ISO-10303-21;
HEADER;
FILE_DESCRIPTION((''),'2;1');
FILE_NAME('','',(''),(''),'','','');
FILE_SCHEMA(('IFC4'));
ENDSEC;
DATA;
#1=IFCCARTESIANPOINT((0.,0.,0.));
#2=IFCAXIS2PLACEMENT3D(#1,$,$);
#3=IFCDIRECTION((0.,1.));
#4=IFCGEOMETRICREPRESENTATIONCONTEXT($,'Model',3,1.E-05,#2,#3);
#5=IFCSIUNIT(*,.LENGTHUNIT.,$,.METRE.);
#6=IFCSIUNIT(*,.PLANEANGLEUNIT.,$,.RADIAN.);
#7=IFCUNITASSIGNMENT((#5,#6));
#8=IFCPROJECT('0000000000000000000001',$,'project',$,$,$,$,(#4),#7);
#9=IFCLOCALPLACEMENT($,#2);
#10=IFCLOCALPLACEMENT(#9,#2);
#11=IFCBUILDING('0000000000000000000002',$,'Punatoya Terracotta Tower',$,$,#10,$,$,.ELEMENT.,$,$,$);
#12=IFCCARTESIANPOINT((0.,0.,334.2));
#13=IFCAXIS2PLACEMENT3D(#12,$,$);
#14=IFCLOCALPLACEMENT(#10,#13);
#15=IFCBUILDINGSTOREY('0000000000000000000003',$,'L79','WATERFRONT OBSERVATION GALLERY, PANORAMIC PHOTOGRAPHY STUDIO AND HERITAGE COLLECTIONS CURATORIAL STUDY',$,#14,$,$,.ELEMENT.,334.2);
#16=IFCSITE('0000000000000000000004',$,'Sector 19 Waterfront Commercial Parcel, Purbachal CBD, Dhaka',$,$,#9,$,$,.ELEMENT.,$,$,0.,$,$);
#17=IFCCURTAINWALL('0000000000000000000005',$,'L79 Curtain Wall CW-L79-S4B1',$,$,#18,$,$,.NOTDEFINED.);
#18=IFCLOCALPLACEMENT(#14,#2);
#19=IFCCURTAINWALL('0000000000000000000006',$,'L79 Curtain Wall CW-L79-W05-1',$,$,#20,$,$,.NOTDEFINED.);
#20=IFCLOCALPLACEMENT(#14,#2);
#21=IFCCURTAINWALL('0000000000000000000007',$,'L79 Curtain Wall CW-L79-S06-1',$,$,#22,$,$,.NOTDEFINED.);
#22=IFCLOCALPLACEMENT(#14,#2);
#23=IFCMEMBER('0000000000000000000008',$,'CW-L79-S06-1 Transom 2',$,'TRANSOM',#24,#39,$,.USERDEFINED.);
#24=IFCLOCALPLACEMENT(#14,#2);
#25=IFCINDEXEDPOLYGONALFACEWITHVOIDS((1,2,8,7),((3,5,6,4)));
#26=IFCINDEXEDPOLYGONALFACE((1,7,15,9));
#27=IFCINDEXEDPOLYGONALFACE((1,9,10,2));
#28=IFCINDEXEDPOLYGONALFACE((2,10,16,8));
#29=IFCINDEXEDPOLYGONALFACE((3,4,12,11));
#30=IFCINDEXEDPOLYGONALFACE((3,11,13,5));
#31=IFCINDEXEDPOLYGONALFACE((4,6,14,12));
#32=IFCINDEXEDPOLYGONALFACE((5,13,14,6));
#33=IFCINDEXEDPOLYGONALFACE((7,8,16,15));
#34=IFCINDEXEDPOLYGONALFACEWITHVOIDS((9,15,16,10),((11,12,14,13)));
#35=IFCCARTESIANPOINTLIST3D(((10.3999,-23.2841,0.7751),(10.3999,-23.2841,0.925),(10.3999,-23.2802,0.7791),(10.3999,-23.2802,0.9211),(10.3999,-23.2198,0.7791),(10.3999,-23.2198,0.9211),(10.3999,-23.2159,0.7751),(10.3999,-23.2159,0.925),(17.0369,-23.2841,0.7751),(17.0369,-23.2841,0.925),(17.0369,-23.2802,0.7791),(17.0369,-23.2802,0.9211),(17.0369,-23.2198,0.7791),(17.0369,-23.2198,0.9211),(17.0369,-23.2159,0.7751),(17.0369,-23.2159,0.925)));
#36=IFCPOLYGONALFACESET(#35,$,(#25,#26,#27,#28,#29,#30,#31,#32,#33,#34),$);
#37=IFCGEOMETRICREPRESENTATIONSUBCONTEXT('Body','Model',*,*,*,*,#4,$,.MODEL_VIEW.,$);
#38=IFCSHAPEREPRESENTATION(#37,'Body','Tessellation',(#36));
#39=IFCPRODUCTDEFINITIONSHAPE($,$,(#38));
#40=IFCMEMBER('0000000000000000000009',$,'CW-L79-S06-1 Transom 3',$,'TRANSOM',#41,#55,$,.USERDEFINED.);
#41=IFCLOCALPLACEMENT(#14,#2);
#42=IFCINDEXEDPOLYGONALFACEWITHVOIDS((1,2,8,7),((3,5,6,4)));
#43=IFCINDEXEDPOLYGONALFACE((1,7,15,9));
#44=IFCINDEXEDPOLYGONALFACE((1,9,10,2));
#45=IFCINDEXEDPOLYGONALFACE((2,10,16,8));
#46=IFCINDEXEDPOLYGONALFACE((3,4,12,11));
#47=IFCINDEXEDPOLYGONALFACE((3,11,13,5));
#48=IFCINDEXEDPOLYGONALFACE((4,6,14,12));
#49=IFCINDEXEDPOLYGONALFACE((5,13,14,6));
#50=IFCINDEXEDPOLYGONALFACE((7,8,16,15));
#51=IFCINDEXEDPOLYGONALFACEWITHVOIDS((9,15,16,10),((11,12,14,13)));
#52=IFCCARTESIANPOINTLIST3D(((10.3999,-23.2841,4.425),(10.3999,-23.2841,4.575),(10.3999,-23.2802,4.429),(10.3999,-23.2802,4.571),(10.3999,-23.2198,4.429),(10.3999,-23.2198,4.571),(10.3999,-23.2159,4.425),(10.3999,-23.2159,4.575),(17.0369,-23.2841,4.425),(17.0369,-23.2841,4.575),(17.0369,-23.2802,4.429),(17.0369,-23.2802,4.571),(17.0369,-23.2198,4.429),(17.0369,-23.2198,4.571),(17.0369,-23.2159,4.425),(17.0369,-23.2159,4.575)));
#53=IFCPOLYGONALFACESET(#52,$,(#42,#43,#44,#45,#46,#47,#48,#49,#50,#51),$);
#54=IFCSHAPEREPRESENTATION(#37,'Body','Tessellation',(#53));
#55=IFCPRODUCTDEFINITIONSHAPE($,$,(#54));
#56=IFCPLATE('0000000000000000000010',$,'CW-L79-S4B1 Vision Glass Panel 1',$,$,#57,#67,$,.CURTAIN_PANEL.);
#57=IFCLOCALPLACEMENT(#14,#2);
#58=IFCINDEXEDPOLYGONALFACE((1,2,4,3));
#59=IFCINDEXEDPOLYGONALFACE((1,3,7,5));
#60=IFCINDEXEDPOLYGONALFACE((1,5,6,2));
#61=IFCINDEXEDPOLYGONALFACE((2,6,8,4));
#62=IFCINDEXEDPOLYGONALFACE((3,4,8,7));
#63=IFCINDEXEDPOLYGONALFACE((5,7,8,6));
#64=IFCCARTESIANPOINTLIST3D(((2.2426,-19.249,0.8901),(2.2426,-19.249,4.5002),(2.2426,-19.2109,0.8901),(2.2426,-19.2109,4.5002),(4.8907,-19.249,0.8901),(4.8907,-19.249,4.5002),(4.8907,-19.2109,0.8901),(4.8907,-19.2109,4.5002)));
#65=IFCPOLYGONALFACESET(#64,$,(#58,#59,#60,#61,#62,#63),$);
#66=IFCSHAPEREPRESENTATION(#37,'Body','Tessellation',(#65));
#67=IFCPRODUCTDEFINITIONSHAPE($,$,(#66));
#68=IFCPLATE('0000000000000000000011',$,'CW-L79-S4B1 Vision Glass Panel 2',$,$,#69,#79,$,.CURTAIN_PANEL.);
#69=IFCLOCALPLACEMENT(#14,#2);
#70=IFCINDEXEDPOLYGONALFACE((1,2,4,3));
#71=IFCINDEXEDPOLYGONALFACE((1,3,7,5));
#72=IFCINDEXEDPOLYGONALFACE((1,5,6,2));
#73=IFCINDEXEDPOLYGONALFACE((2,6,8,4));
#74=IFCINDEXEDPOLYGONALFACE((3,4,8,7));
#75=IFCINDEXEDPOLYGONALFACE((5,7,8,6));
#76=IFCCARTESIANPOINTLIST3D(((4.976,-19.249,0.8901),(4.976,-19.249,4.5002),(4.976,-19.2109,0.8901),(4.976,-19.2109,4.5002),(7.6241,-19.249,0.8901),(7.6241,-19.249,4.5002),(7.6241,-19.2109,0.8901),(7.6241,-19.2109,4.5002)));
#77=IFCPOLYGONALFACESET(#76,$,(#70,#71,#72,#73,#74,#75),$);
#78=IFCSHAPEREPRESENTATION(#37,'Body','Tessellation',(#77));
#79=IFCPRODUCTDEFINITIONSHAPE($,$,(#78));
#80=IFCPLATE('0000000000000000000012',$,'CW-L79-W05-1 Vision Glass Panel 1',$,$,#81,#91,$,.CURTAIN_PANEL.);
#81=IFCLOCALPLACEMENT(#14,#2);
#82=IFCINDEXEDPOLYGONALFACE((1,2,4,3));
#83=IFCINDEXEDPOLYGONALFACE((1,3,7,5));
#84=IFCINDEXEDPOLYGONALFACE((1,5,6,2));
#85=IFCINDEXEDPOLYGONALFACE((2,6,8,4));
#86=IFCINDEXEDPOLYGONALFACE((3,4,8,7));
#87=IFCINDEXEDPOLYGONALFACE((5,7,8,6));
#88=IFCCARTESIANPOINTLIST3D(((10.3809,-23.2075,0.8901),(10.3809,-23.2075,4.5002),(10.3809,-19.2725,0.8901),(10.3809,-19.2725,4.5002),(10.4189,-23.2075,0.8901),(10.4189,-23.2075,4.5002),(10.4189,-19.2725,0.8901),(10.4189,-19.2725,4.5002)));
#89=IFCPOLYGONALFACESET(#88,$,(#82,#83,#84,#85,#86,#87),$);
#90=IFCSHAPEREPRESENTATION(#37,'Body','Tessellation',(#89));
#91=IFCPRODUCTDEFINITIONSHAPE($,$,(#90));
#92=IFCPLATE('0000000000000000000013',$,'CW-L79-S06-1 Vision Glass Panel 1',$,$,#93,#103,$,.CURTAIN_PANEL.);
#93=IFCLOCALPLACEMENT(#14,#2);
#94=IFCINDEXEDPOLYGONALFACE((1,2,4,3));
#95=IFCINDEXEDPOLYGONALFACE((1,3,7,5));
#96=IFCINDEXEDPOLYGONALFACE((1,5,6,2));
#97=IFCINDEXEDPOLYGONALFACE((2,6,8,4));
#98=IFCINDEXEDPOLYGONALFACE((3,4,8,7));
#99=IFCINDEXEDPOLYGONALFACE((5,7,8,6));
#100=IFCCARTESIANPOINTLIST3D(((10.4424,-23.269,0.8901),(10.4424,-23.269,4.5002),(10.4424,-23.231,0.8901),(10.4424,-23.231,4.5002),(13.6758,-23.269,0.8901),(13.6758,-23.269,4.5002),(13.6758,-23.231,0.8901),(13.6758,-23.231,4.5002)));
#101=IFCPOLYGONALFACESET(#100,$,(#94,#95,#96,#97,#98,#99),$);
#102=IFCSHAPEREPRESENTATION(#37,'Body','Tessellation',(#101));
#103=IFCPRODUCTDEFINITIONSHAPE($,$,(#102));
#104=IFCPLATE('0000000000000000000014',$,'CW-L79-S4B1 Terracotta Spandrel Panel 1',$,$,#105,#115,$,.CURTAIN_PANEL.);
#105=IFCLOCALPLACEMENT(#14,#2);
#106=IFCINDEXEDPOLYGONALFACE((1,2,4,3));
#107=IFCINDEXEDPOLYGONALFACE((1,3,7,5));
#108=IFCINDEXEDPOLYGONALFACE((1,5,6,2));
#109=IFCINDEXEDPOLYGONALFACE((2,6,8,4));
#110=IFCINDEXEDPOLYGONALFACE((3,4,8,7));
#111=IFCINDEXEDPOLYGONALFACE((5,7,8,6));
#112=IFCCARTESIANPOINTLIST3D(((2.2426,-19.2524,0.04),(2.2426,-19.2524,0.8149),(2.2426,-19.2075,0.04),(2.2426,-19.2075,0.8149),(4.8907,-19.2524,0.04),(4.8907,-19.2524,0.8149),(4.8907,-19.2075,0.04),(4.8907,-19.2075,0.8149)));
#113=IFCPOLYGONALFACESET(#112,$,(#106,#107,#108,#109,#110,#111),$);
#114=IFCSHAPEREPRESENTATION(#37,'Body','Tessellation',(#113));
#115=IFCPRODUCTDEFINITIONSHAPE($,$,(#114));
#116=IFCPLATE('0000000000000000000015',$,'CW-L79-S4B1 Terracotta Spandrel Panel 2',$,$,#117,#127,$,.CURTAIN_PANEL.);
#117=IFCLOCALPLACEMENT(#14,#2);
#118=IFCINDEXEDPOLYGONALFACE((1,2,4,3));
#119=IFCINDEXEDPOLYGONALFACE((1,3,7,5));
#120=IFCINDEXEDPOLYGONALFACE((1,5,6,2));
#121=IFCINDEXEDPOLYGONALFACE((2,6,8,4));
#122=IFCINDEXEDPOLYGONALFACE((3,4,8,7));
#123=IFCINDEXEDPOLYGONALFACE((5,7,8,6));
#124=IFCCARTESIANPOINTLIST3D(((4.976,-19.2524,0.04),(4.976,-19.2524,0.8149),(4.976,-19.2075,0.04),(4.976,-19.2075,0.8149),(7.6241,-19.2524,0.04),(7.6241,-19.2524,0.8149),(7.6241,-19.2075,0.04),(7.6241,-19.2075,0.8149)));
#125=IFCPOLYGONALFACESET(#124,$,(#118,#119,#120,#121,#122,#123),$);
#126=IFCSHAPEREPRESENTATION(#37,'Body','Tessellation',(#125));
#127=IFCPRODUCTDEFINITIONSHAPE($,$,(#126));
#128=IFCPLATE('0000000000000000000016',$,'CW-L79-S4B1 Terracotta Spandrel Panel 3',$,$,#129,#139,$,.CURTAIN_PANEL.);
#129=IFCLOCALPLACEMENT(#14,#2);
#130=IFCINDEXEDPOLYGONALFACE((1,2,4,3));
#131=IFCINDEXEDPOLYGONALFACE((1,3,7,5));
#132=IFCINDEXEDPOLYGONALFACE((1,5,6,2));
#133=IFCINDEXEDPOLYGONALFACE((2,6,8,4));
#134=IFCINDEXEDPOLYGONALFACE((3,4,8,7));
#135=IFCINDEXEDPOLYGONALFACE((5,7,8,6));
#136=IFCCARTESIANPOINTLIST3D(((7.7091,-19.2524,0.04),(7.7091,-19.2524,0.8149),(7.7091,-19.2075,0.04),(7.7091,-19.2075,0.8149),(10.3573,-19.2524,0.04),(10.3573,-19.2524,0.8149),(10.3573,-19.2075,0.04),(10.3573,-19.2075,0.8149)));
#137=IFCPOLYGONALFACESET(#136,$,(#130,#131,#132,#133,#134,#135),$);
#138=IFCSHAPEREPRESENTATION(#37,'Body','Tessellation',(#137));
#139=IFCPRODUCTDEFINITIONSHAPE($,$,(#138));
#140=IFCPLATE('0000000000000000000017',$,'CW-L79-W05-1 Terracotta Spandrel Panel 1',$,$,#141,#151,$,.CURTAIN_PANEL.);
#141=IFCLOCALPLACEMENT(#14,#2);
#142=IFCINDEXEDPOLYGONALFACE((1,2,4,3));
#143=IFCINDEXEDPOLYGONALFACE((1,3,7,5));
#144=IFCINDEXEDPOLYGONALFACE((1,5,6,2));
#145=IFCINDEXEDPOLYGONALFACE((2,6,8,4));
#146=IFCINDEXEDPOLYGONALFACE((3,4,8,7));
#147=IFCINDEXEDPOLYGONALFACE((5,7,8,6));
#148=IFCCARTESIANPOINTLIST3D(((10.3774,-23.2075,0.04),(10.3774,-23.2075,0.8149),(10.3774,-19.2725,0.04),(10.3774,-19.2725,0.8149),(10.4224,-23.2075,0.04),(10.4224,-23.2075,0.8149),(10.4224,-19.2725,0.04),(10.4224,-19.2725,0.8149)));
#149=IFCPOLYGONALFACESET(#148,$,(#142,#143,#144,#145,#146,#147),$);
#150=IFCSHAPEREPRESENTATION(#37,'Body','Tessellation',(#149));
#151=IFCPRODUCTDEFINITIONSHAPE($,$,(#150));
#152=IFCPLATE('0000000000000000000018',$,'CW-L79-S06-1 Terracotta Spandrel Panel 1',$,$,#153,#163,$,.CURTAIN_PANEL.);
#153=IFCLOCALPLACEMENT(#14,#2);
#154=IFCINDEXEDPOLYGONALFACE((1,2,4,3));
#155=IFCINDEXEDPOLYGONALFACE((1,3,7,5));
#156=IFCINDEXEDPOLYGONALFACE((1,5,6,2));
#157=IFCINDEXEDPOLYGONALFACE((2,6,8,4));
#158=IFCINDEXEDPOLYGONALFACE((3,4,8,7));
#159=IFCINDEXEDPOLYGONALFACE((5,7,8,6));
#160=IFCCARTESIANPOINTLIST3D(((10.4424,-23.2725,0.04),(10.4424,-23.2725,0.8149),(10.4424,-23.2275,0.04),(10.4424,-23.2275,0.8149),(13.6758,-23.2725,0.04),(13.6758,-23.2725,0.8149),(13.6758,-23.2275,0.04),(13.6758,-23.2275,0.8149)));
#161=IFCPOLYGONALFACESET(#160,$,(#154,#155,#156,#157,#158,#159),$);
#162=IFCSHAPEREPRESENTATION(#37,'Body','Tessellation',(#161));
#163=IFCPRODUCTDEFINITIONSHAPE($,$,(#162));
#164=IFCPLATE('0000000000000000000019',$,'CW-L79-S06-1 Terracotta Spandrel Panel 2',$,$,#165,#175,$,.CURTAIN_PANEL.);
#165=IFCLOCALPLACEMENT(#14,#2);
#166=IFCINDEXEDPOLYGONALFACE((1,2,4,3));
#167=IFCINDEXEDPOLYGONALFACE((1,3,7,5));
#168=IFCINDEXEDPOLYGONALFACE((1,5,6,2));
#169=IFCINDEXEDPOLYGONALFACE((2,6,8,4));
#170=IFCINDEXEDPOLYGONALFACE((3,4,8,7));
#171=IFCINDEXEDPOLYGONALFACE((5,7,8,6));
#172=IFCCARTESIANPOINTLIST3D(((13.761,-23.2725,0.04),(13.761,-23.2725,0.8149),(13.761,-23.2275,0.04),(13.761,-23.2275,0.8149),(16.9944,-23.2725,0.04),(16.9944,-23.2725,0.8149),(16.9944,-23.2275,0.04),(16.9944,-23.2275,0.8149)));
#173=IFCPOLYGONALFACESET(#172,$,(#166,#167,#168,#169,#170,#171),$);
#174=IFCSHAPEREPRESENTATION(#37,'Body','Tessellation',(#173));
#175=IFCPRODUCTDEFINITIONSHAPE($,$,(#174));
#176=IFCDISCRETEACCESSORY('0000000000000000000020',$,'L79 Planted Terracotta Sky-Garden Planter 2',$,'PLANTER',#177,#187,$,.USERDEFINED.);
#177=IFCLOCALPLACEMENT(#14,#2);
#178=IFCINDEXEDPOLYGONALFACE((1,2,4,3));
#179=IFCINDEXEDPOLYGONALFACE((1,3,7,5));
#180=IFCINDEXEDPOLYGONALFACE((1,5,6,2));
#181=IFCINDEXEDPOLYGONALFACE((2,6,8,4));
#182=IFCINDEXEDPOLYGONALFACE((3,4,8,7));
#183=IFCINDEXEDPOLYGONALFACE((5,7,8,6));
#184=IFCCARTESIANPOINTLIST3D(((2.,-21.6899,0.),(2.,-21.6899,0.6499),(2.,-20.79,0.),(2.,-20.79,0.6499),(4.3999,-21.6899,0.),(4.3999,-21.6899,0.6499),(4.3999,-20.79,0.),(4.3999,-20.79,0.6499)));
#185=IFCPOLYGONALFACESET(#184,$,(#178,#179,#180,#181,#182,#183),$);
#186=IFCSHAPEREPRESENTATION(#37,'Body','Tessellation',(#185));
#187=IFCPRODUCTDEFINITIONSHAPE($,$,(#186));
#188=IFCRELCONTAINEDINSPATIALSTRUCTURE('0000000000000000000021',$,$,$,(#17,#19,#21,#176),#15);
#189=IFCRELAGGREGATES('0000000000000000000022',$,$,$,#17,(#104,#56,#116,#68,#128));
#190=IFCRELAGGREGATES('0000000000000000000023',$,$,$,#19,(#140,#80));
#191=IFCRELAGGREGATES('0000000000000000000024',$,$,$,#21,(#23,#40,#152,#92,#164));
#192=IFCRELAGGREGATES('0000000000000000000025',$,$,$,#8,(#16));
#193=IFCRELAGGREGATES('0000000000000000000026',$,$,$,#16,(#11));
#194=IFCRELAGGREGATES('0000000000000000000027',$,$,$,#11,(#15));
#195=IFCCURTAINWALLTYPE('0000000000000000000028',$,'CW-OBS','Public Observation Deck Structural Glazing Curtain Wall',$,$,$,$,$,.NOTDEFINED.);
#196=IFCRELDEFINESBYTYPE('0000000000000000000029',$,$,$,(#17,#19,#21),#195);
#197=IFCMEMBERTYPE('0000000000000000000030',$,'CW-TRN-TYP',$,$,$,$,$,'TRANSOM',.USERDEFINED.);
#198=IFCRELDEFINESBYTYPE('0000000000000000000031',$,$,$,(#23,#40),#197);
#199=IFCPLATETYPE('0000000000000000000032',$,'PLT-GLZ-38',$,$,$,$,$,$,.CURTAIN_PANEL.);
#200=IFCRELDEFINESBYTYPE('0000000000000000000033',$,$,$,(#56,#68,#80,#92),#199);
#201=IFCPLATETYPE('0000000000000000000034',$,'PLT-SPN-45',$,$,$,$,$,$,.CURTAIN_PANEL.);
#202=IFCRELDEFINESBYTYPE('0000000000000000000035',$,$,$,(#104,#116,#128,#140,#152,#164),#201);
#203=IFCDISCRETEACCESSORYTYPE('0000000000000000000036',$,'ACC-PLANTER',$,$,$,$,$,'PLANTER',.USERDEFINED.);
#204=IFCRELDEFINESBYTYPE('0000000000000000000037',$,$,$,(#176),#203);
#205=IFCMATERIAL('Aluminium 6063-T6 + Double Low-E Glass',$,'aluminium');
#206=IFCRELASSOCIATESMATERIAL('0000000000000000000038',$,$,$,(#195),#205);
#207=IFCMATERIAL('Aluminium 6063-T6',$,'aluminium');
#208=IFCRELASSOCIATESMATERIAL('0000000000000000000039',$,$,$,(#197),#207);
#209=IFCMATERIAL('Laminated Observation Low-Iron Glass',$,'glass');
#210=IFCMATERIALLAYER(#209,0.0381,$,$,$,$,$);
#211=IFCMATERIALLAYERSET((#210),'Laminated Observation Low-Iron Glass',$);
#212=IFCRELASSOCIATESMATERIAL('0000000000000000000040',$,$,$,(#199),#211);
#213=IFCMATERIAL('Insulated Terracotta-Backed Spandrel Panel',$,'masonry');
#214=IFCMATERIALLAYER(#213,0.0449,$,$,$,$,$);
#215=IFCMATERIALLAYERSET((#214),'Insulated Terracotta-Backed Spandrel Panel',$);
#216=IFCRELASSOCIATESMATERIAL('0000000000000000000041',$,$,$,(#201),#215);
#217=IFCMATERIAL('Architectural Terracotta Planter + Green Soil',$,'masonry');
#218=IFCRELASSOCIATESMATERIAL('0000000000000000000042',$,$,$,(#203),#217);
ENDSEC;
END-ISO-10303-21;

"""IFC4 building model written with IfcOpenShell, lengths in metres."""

from ifc_helpers import new_model, si_unit, direction, frame, origin, origin_2d, place, context, subcontext, project, spatial, rectangle, hollow_rectangle, extrude, material, layer, layer_set, material_profile, profile_set, type_object, element, aggregate, save


model = new_model("IFC4")

# Units and contexts
model_context = context("Model", 3, precision=1e-05, world=origin(), true_north=direction((0.0, 1.0)))
body_context = subcontext(model_context, "Body", "Model", "MODEL_VIEW")
ifc_project = project(units=[si_unit("LENGTHUNIT", "METRE"), si_unit("PLANEANGLEUNIT", "RADIAN")], contexts=[model_context])

# Site, building, storey
site_placement = place(None, origin())
site = spatial("IfcSite", under=ifc_project, at=site_placement, Name="Sector 19 Waterfront Commercial Parcel, Purbachal CBD, Dhaka", CompositionType="ELEMENT", RefElevation=0.0)
building_placement = place(site_placement, origin())
building = spatial("IfcBuilding", under=site, at=building_placement, Name="Punatoya Terracotta Tower", CompositionType="ELEMENT")
storey_placement = place(building_placement, frame((0.0, 0.0, 334.2)))
storey = spatial("IfcBuildingStorey", under=building, at=storey_placement, Name="L79", Description="WATERFRONT OBSERVATION GALLERY, PANORAMIC PHOTOGRAPHY STUDIO AND HERITAGE COLLECTIONS CURATORIAL STUDY", CompositionType="ELEMENT", Elevation=334.2)

# Curtain walls
ifc_material_1 = material(Name="Aluminium 6063-T6 + Double Low-E Glass", Category="aluminium")
curtain_wall_type = type_object("IfcCurtainWallType", Name="CW-OBS", Description="Public Observation Deck Structural Glazing Curtain Wall", PredefinedType="NOTDEFINED", material=ifc_material_1)
curtain_wall_1_placement = place(storey_placement, origin())
curtain_wall_1 = element("IfcCurtainWall", 1, at=curtain_wall_1_placement, inside=storey, type_object=curtain_wall_type, Name="L79 Curtain Wall CW-L79-S4B1", PredefinedType="NOTDEFINED")
ifc_material_2 = material(Name="Aluminium 6063-T6", Category="aluminium")
curtain_wall_2_placement = place(storey_placement, origin())
curtain_wall_2 = element("IfcCurtainWall", 2, at=curtain_wall_2_placement, inside=storey, type_object=curtain_wall_type, Name="L79 Curtain Wall CW-L79-W05-1", PredefinedType="NOTDEFINED")
curtain_wall_3_placement = place(storey_placement, origin())
curtain_wall_3 = element("IfcCurtainWall", 3, at=curtain_wall_3_placement, inside=storey, type_object=curtain_wall_type, Name="L79 Curtain Wall CW-L79-S06-1", PredefinedType="NOTDEFINED")

# Members
ifc_material_profile_1 = material_profile(ifc_material_2, hollow_rectangle(XDim=0.0681, YDim=0.1499, WallThickness=0.0039, at=origin_2d()))
ifc_profile_set_1 = profile_set([ifc_material_profile_1], Name="Aluminium 6063-T6")
member_type_1 = type_object("IfcMemberType", Name="CW-TRN-TYP", ElementType="TRANSOM", PredefinedType="USERDEFINED", material=ifc_profile_set_1)
member_1_placement = place(storey_placement, frame((10.3999, -23.25, 0.8501), z_axis=(1.0, 0.0, 0.0), x_axis=(0.0, 1.0, 0.0)))
member_1 = element("IfcMember", 4, at=member_1_placement, type_object=member_type_1, Name="CW-L79-S06-1 Transom 2", ObjectType="TRANSOM", PredefinedType="USERDEFINED", context=body_context, shape_type="SweptSolid", body=[
    extrude(hollow_rectangle(XDim=0.0681, YDim=0.1499, WallThickness=0.0039, at=origin_2d()), origin(), (0.0, 0.0, 1.0), 6.637),
])
member_2_placement = place(storey_placement, frame((10.3999, -23.25, 4.5), z_axis=(1.0, 0.0, 0.0), x_axis=(0.0, 1.0, 0.0)))
member_2 = element("IfcMember", 5, at=member_2_placement, type_object=member_type_1, Name="CW-L79-S06-1 Transom 3", ObjectType="TRANSOM", PredefinedType="USERDEFINED", context=body_context, shape_type="SweptSolid", body=[
    extrude(hollow_rectangle(XDim=0.0681, YDim=0.1499, WallThickness=0.0039, at=origin_2d()), origin(), (0.0, 0.0, 1.0), 6.637),
])

# Plates
ifc_material_3 = material(Name="Laminated Observation Low-Iron Glass", Category="glass")
ifc_layer_1 = layer(ifc_material_3, 0.0381)
ifc_layer_set_1 = layer_set([ifc_layer_1], Name="Laminated Observation Low-Iron Glass")
plate_type_1 = type_object("IfcPlateType", Name="PLT-GLZ-38", PredefinedType="CURTAIN_PANEL", material=ifc_layer_set_1)
plate_1_placement = place(storey_placement, frame((3.5667, -19.23, 0.8901), z_axis=(0.0, 0.0, 1.0), x_axis=(1.0, 0.0, 0.0)))
plate_1 = element("IfcPlate", 6, at=plate_1_placement, type_object=plate_type_1, Name="CW-L79-S4B1 Vision Glass Panel 1", PredefinedType="CURTAIN_PANEL", context=body_context, shape_type="SweptSolid", body=[
    extrude(rectangle(XDim=2.6482, YDim=0.0381, at=origin_2d()), origin(), (0.0, 0.0, 1.0), 3.6101),
])
plate_2_placement = place(storey_placement, frame((6.3, -19.23, 0.8901), z_axis=(0.0, 0.0, 1.0), x_axis=(1.0, 0.0, 0.0)))
plate_2 = element("IfcPlate", 7, at=plate_2_placement, type_object=plate_type_1, Name="CW-L79-S4B1 Vision Glass Panel 2", PredefinedType="CURTAIN_PANEL", context=body_context, shape_type="SweptSolid", body=[
    extrude(rectangle(XDim=2.6482, YDim=0.0381, at=origin_2d()), origin(), (0.0, 0.0, 1.0), 3.6101),
])
plate_3_placement = place(storey_placement, frame((10.3999, -21.24, 0.8901), z_axis=(0.0, 0.0, 1.0), x_axis=(0.0, -1.0, 0.0)))
plate_3 = element("IfcPlate", 8, at=plate_3_placement, type_object=plate_type_1, Name="CW-L79-W05-1 Vision Glass Panel 1", PredefinedType="CURTAIN_PANEL", context=body_context, shape_type="SweptSolid", body=[
    extrude(rectangle(XDim=3.9351, YDim=0.0381, at=origin_2d()), origin(), (0.0, 0.0, 1.0), 3.6101),
])
plate_4_placement = place(storey_placement, frame((12.0591, -23.25, 0.8901), z_axis=(0.0, 0.0, 1.0), x_axis=(1.0, 0.0, 0.0)))
plate_4 = element("IfcPlate", 9, at=plate_4_placement, type_object=plate_type_1, Name="CW-L79-S06-1 Vision Glass Panel 1", PredefinedType="CURTAIN_PANEL", context=body_context, shape_type="SweptSolid", body=[
    extrude(rectangle(XDim=3.2334, YDim=0.0381, at=origin_2d()), origin(), (0.0, 0.0, 1.0), 3.6101),
])
ifc_material_4 = material(Name="Insulated Terracotta-Backed Spandrel Panel", Category="masonry")
ifc_layer_2 = layer(ifc_material_4, 0.0449)
ifc_layer_set_2 = layer_set([ifc_layer_2], Name="Insulated Terracotta-Backed Spandrel Panel")
plate_type_2 = type_object("IfcPlateType", Name="PLT-SPN-45", PredefinedType="CURTAIN_PANEL", material=ifc_layer_set_2)
plate_5_placement = place(storey_placement, frame((3.5667, -19.23, 0.04), z_axis=(0.0, 0.0, 1.0), x_axis=(1.0, 0.0, 0.0)))
plate_5 = element("IfcPlate", 10, at=plate_5_placement, type_object=plate_type_2, Name="CW-L79-S4B1 Terracotta Spandrel Panel 1", PredefinedType="CURTAIN_PANEL", context=body_context, shape_type="SweptSolid", body=[
    extrude(rectangle(XDim=2.6482, YDim=0.0449, at=origin_2d()), origin(), (0.0, 0.0, 1.0), 0.7749),
])
plate_6_placement = place(storey_placement, frame((6.3, -19.23, 0.04), z_axis=(0.0, 0.0, 1.0), x_axis=(1.0, 0.0, 0.0)))
plate_6 = element("IfcPlate", 11, at=plate_6_placement, type_object=plate_type_2, Name="CW-L79-S4B1 Terracotta Spandrel Panel 2", PredefinedType="CURTAIN_PANEL", context=body_context, shape_type="SweptSolid", body=[
    extrude(rectangle(XDim=2.6482, YDim=0.0449, at=origin_2d()), origin(), (0.0, 0.0, 1.0), 0.7749),
])
plate_7_placement = place(storey_placement, frame((9.0332, -19.23, 0.04), z_axis=(0.0, 0.0, 1.0), x_axis=(1.0, 0.0, 0.0)))
plate_7 = element("IfcPlate", 12, at=plate_7_placement, type_object=plate_type_2, Name="CW-L79-S4B1 Terracotta Spandrel Panel 3", PredefinedType="CURTAIN_PANEL", context=body_context, shape_type="SweptSolid", body=[
    extrude(rectangle(XDim=2.6482, YDim=0.0449, at=origin_2d()), origin(), (0.0, 0.0, 1.0), 0.7749),
])
aggregate(curtain_wall_1, [plate_5, plate_1, plate_6, plate_2, plate_7])
plate_8_placement = place(storey_placement, frame((10.3999, -21.24, 0.04), z_axis=(0.0, 0.0, 1.0), x_axis=(0.0, -1.0, 0.0)))
plate_8 = element("IfcPlate", 13, at=plate_8_placement, type_object=plate_type_2, Name="CW-L79-W05-1 Terracotta Spandrel Panel 1", PredefinedType="CURTAIN_PANEL", context=body_context, shape_type="SweptSolid", body=[
    extrude(rectangle(XDim=3.9351, YDim=0.0449, at=origin_2d()), origin(), (0.0, 0.0, 1.0), 0.7749),
])
aggregate(curtain_wall_2, [plate_8, plate_3])
plate_9_placement = place(storey_placement, frame((12.0591, -23.25, 0.04), z_axis=(0.0, 0.0, 1.0), x_axis=(1.0, 0.0, 0.0)))
plate_9 = element("IfcPlate", 14, at=plate_9_placement, type_object=plate_type_2, Name="CW-L79-S06-1 Terracotta Spandrel Panel 1", PredefinedType="CURTAIN_PANEL", context=body_context, shape_type="SweptSolid", body=[
    extrude(rectangle(XDim=3.2334, YDim=0.0449, at=origin_2d()), origin(), (0.0, 0.0, 1.0), 0.7749),
])
plate_10_placement = place(storey_placement, frame((15.3777, -23.25, 0.04), z_axis=(0.0, 0.0, 1.0), x_axis=(1.0, 0.0, 0.0)))
plate_10 = element("IfcPlate", 15, at=plate_10_placement, type_object=plate_type_2, Name="CW-L79-S06-1 Terracotta Spandrel Panel 2", PredefinedType="CURTAIN_PANEL", context=body_context, shape_type="SweptSolid", body=[
    extrude(rectangle(XDim=3.2334, YDim=0.0449, at=origin_2d()), origin(), (0.0, 0.0, 1.0), 0.7749),
])
aggregate(curtain_wall_3, [member_1, member_2, plate_9, plate_4, plate_10])

# Discrete accessory
ifc_material_5 = material(Name="Architectural Terracotta Planter + Green Soil", Category="masonry")
discrete_accessory_type = type_object("IfcDiscreteAccessoryType", Name="ACC-PLANTER", ElementType="PLANTER", PredefinedType="USERDEFINED", material=ifc_material_5)
discrete_accessory_placement = place(storey_placement, frame((3.2, -21.24, 0.0), z_axis=(0.0, 0.0, 1.0), x_axis=(1.0, 0.0, 0.0)))
element("IfcDiscreteAccessory", 16, at=discrete_accessory_placement, inside=storey, type_object=discrete_accessory_type, Name="L79 Planted Terracotta Sky-Garden Planter 2", ObjectType="PLANTER", PredefinedType="USERDEFINED", context=body_context, shape_type="SweptSolid", body=[
    extrude(rectangle(XDim=2.3999, YDim=0.8999, at=origin_2d()), origin(), (0.0, 0.0, 1.0), 0.6499),
])

save(model, "model.ifc")
